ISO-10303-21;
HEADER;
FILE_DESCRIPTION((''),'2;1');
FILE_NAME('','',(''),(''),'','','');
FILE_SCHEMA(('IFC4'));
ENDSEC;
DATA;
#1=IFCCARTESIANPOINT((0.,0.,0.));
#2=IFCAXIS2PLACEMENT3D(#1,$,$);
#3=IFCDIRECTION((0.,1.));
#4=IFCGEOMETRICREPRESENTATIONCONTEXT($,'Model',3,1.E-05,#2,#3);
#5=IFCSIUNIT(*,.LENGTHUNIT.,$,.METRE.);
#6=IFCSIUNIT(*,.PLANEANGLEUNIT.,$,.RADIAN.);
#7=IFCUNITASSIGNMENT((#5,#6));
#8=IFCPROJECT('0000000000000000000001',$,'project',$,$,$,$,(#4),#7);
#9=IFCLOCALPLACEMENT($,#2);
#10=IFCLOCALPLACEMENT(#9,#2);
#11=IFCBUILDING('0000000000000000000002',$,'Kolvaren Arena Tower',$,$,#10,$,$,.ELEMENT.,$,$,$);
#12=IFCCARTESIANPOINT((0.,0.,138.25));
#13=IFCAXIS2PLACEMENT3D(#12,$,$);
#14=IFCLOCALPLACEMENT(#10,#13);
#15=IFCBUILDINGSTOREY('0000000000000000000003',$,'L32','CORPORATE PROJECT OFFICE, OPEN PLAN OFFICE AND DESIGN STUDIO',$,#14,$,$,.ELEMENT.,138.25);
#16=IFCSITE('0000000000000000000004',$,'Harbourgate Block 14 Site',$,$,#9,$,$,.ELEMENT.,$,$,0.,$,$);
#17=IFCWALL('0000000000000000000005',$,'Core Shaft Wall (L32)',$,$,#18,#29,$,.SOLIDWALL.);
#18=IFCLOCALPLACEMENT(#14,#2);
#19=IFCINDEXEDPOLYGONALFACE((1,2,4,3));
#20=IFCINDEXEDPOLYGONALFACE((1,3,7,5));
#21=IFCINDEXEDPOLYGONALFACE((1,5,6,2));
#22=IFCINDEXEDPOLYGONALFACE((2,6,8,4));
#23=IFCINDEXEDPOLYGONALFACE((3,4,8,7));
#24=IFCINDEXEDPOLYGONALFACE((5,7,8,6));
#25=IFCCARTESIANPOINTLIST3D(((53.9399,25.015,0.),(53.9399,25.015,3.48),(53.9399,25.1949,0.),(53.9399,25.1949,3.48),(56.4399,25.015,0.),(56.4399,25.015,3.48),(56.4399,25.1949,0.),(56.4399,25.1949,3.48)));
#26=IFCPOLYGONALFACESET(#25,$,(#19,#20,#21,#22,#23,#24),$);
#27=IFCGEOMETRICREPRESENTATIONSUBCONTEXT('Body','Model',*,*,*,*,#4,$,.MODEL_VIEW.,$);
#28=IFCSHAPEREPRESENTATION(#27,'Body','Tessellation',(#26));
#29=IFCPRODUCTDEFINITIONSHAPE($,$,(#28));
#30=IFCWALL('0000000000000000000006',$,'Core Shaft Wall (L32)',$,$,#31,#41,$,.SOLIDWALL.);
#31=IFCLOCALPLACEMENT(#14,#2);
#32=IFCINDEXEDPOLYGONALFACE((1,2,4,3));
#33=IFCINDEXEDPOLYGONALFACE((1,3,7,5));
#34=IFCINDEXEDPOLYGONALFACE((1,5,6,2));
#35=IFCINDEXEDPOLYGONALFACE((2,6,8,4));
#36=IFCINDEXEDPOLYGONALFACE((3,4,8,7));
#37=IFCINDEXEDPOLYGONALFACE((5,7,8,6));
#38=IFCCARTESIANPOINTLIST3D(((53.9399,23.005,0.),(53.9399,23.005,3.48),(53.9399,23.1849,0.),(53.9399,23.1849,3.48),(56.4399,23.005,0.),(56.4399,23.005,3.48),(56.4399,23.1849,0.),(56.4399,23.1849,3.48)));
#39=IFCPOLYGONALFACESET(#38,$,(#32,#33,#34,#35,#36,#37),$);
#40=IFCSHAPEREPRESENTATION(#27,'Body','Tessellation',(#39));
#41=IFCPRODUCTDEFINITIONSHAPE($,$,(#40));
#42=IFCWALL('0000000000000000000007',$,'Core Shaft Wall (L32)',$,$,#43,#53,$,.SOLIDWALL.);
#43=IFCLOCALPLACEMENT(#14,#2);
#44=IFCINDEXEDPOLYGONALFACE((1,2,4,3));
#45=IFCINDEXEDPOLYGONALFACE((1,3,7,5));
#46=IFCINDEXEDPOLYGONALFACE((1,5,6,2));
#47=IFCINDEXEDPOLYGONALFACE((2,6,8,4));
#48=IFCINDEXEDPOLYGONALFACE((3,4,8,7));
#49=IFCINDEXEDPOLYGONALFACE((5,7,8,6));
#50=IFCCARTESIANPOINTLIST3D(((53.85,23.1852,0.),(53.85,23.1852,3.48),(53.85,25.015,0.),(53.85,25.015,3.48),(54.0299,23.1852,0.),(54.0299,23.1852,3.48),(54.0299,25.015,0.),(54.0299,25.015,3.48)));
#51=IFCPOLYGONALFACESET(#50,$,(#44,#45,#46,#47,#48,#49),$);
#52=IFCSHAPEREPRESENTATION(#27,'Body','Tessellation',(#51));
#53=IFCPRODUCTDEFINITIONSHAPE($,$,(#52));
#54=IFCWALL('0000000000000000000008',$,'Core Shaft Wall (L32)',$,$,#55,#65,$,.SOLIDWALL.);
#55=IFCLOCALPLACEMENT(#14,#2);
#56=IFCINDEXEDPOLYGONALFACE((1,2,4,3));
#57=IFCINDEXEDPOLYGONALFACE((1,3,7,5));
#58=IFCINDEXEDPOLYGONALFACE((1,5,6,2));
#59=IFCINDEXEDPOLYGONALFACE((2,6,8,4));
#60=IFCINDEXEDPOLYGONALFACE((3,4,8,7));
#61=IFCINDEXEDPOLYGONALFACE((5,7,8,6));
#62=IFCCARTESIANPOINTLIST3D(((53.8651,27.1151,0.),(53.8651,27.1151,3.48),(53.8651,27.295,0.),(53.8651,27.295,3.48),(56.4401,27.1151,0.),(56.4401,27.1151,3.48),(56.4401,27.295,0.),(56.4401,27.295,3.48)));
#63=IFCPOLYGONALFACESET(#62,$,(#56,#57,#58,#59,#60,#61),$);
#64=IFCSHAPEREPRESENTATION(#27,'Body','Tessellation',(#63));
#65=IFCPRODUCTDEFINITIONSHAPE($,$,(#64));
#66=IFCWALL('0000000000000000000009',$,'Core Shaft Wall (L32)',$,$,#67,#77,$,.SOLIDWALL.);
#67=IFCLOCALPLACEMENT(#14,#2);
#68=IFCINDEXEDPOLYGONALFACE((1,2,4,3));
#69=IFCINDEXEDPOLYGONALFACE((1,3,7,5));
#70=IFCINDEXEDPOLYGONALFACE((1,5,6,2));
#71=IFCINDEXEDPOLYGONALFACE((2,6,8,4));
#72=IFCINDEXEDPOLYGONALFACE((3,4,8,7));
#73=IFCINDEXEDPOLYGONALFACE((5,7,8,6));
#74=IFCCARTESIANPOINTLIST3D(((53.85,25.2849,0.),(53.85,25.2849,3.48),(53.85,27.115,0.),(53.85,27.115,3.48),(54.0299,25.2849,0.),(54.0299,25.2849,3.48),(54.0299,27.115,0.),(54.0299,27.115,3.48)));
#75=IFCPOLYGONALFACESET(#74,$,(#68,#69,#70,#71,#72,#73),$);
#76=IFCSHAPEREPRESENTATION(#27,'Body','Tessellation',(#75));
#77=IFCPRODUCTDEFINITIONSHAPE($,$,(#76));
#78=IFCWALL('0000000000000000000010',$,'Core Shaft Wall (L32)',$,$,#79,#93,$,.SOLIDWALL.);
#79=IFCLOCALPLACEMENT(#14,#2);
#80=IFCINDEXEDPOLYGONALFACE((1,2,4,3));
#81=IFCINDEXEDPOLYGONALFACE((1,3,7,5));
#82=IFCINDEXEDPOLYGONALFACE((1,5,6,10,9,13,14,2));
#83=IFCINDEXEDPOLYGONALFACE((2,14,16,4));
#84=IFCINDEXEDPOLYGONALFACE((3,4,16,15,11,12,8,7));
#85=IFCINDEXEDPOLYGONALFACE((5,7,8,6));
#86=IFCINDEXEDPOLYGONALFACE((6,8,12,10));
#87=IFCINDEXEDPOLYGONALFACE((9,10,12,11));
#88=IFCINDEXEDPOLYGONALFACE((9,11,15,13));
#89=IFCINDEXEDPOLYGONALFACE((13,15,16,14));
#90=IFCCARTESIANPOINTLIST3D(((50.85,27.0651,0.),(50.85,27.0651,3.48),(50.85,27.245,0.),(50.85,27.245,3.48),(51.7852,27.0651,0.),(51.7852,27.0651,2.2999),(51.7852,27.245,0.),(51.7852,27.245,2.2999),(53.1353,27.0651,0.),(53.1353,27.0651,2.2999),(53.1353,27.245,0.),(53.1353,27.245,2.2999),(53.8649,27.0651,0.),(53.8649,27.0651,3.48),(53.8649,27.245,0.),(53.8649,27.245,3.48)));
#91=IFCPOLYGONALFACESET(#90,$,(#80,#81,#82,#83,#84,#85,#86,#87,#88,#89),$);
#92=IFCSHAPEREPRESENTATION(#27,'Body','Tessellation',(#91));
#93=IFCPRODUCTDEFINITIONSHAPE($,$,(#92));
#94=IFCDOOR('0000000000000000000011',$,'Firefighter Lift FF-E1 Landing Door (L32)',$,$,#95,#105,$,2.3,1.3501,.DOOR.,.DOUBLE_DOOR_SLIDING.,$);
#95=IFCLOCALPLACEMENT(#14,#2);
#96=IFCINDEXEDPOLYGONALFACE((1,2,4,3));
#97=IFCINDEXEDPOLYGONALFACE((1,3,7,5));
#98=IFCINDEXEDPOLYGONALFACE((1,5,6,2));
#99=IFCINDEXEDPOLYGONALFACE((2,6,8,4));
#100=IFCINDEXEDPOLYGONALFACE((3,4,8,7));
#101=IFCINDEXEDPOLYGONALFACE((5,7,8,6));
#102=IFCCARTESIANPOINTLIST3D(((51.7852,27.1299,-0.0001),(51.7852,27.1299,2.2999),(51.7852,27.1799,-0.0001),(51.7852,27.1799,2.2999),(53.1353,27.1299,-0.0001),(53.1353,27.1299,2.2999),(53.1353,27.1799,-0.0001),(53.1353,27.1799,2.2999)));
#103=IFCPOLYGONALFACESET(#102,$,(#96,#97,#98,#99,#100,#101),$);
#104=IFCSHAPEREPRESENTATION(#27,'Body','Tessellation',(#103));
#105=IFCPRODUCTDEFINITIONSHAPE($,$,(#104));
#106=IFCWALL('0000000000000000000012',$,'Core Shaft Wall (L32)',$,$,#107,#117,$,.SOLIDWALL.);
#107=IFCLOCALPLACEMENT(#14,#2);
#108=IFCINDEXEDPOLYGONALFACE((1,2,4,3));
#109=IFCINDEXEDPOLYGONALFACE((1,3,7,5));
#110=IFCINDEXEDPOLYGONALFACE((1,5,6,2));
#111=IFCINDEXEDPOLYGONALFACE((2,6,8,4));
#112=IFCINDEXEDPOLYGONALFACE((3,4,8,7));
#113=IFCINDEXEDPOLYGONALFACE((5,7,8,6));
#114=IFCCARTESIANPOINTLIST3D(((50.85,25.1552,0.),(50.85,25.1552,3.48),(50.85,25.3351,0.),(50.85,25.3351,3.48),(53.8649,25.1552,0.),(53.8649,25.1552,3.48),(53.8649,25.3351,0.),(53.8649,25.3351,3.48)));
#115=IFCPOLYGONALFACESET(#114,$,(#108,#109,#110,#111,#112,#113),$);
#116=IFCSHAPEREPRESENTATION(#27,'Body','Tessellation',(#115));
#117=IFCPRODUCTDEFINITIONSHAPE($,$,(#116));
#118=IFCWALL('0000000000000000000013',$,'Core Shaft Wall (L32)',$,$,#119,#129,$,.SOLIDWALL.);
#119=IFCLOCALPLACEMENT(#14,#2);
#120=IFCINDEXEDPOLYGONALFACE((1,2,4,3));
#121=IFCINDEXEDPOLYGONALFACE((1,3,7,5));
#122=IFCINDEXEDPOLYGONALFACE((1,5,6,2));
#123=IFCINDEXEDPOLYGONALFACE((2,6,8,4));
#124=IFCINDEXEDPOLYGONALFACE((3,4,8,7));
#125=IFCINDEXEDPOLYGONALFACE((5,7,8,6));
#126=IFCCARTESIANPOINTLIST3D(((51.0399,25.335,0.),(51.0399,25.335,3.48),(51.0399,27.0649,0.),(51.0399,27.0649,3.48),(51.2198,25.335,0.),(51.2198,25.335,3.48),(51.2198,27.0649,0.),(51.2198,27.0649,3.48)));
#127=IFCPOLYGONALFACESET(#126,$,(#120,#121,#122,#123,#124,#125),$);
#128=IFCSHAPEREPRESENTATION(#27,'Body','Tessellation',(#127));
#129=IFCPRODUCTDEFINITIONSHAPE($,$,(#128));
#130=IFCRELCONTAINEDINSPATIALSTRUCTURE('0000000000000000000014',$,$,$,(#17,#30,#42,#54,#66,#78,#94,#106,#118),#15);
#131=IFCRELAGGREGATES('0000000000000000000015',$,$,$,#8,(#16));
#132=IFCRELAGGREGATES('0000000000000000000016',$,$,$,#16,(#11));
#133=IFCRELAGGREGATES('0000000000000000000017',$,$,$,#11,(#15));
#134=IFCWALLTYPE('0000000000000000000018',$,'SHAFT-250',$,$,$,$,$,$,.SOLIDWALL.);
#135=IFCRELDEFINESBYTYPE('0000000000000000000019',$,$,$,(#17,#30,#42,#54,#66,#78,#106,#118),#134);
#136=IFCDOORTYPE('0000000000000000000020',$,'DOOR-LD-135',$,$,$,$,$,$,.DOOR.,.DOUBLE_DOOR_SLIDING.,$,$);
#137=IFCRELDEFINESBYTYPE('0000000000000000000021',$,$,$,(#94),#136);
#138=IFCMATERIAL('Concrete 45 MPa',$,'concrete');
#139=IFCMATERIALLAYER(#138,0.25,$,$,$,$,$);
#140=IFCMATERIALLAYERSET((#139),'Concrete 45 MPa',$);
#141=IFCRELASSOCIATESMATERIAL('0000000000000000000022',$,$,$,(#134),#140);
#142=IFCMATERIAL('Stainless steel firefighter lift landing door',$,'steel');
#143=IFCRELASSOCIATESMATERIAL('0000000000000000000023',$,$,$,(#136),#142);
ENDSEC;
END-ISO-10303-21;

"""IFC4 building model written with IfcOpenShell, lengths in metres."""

from ifc_helpers import new_model, si_unit, direction, frame, frame_2d, origin, place, context, subcontext, project, spatial, rectangle, extrude, material, layer, layer_set, type_object, element, fill, save


model = new_model("IFC4")

# Units and contexts
model_context = context("Model", 3, precision=1e-05, world=origin(), true_north=direction((0.0, 1.0)))
body_context = subcontext(model_context, "Body", "Model", "MODEL_VIEW")
ifc_project = project(units=[si_unit("LENGTHUNIT", "METRE"), si_unit("PLANEANGLEUNIT", "RADIAN")], contexts=[model_context])

# Site, building, storey
site_placement = place(None, origin())
site = spatial("IfcSite", under=ifc_project, at=site_placement, Name="Harbourgate Block 14 Site", CompositionType="ELEMENT", RefElevation=0.0)
building_placement = place(site_placement, origin())
building = spatial("IfcBuilding", under=site, at=building_placement, Name="Kolvaren Arena Tower", CompositionType="ELEMENT")
storey_placement = place(building_placement, frame((0.0, 0.0, 138.25)))
storey = spatial("IfcBuildingStorey", under=building, at=storey_placement, Name="L32", Description="CORPORATE PROJECT OFFICE, OPEN PLAN OFFICE AND DESIGN STUDIO", CompositionType="ELEMENT", Elevation=138.25)

# Walls
ifc_material_1 = material(Name="Concrete 45 MPa", Category="concrete")
ifc_layer_1 = layer(ifc_material_1, 0.25)
ifc_layer_set_1 = layer_set([ifc_layer_1], Name="Concrete 45 MPa")
wall_type_1 = type_object("IfcWallType", Name="SHAFT-250", PredefinedType="SOLIDWALL", material=ifc_layer_set_1)
for number, where, z_axis, x_axis, name in (
    (1, (53.9399, 25.105, 0.0), (0.0, 0.0, 1.0), (1.0, 0.0, 0.0), "Core Shaft Wall (L32)"),
    (2, (53.9399, 23.095, 0.0), (0.0, 0.0, 1.0), (1.0, 0.0, 0.0), "Core Shaft Wall (L32)"),
):
    element("IfcWall", number, at=place(storey_placement, frame(where, z_axis=z_axis, x_axis=x_axis)), inside=storey, type_object=wall_type_1, Name=name, PredefinedType="SOLIDWALL", context=body_context, shape_type="SweptSolid", body=[
        extrude(rectangle(XDim=2.5, YDim=0.1799, at=frame_2d((1.25, 0.0))), origin(), (0.0, 0.0, 1.0), 3.48),
    ])
wall_1_placement = place(storey_placement, frame((53.9399, 23.1851, 0.0), z_axis=(0.0, 0.0, 1.0), x_axis=(0.0, 1.0, 0.0)))
element("IfcWall", 3, at=wall_1_placement, inside=storey, type_object=wall_type_1, Name="Core Shaft Wall (L32)", PredefinedType="SOLIDWALL", context=body_context, shape_type="SweptSolid", body=[
    extrude(rectangle(XDim=1.8298, YDim=0.1799, at=frame_2d((0.915, 0.0))), origin(), (0.0, 0.0, 1.0), 3.48),
])
wall_2_placement = place(storey_placement, frame((53.865, 27.2051, 0.0), z_axis=(0.0, 0.0, 1.0), x_axis=(1.0, 0.0, 0.0)))
element("IfcWall", 4, at=wall_2_placement, inside=storey, type_object=wall_type_1, Name="Core Shaft Wall (L32)", PredefinedType="SOLIDWALL", context=body_context, shape_type="SweptSolid", body=[
    extrude(rectangle(XDim=2.575, YDim=0.1799, at=frame_2d((1.2876, 0.0))), origin(), (0.0, 0.0, 1.0), 3.48),
])
wall_3_placement = place(storey_placement, frame((53.9399, 25.2849, 0.0), z_axis=(0.0, 0.0, 1.0), x_axis=(0.0, 1.0, 0.0)))
element("IfcWall", 5, at=wall_3_placement, inside=storey, type_object=wall_type_1, Name="Core Shaft Wall (L32)", PredefinedType="SOLIDWALL", context=body_context, shape_type="SweptSolid", body=[
    extrude(rectangle(XDim=1.8301, YDim=0.1799, at=frame_2d((0.915, 0.0))), origin(), (0.0, 0.0, 1.0), 3.48),
])

# Wall, opening, door
wall_4_placement = place(storey_placement, frame((50.8501, 27.155, 0.0), z_axis=(0.0, 0.0, 1.0), x_axis=(1.0, 0.0, 0.0)))
wall_4 = element("IfcWall", 6, at=wall_4_placement, inside=storey, type_object=wall_type_1, Name="Core Shaft Wall (L32)", PredefinedType="SOLIDWALL", context=body_context, shape_type="SweptSolid", body=[
    extrude(rectangle(XDim=3.0149, YDim=0.1799, at=frame_2d((1.5073, 0.0))), origin(), (0.0, 0.0, 1.0), 3.48),
])
opening_1_placement = place(wall_4_placement, frame((0.9351, 0.0, 0.0)))
opening_1 = element("IfcOpeningElement", 7, at=opening_1_placement, cuts=wall_4, PredefinedType="OPENING", context=body_context, shape_type="SweptSolid", body=[
    extrude(rectangle(XDim=1.3501, YDim=2.3, at=frame_2d((0.675, 1.1499))), frame((0.0, 0.0999, 0.0), z_axis=(0.0, -1.0, 0.0), x_axis=(1.0, 0.0, 0.0)), (0.0, 0.0, 1.0), 0.2),
])
ifc_material_2 = material(Name="Stainless steel firefighter lift landing door", Category="steel")
door_type_1 = type_object("IfcDoorType", Name="DOOR-LD-135", OperationType="DOUBLE_DOOR_SLIDING", PredefinedType="DOOR", material=ifc_material_2)
door_1_placement = place(opening_1_placement, origin())
door_1 = element("IfcDoor", 8, at=door_1_placement, inside=storey, type_object=door_type_1, Name="Firefighter Lift FF-E1 Landing Door (L32)", OperationType="DOUBLE_DOOR_SLIDING", OverallHeight=2.3, OverallWidth=1.3501, PredefinedType="DOOR", context=body_context, shape_type="SweptSolid", body=[
    extrude(rectangle(XDim=1.3501, YDim=2.3, at=frame_2d((0.675, 1.1499))), frame((0.0, 0.0249, 0.0), z_axis=(0.0, -1.0, 0.0), x_axis=(1.0, 0.0, 0.0)), (0.0, 0.0, 1.0), 0.05),
])
fill(opening_1, door_1)

# Walls
wall_5_placement = place(storey_placement, frame((50.8501, 25.2451, 0.0), z_axis=(0.0, 0.0, 1.0), x_axis=(1.0, 0.0, 0.0)))
element("IfcWall", 9, at=wall_5_placement, inside=storey, type_object=wall_type_1, Name="Core Shaft Wall (L32)", PredefinedType="SOLIDWALL", context=body_context, shape_type="SweptSolid", body=[
    extrude(rectangle(XDim=3.0149, YDim=0.1799, at=frame_2d((1.5073, 0.0))), origin(), (0.0, 0.0, 1.0), 3.48),
])
wall_6_placement = place(storey_placement, frame((51.1299, 25.335, 0.0), z_axis=(0.0, 0.0, 1.0), x_axis=(0.0, 1.0, 0.0)))
element("IfcWall", 10, at=wall_6_placement, inside=storey, type_object=wall_type_1, Name="Core Shaft Wall (L32)", PredefinedType="SOLIDWALL", context=body_context, shape_type="SweptSolid", body=[
    extrude(rectangle(XDim=1.73, YDim=0.1799, at=frame_2d((0.865, 0.0))), origin(), (0.0, 0.0, 1.0), 3.48),
])

save(model, "model.ifc")
